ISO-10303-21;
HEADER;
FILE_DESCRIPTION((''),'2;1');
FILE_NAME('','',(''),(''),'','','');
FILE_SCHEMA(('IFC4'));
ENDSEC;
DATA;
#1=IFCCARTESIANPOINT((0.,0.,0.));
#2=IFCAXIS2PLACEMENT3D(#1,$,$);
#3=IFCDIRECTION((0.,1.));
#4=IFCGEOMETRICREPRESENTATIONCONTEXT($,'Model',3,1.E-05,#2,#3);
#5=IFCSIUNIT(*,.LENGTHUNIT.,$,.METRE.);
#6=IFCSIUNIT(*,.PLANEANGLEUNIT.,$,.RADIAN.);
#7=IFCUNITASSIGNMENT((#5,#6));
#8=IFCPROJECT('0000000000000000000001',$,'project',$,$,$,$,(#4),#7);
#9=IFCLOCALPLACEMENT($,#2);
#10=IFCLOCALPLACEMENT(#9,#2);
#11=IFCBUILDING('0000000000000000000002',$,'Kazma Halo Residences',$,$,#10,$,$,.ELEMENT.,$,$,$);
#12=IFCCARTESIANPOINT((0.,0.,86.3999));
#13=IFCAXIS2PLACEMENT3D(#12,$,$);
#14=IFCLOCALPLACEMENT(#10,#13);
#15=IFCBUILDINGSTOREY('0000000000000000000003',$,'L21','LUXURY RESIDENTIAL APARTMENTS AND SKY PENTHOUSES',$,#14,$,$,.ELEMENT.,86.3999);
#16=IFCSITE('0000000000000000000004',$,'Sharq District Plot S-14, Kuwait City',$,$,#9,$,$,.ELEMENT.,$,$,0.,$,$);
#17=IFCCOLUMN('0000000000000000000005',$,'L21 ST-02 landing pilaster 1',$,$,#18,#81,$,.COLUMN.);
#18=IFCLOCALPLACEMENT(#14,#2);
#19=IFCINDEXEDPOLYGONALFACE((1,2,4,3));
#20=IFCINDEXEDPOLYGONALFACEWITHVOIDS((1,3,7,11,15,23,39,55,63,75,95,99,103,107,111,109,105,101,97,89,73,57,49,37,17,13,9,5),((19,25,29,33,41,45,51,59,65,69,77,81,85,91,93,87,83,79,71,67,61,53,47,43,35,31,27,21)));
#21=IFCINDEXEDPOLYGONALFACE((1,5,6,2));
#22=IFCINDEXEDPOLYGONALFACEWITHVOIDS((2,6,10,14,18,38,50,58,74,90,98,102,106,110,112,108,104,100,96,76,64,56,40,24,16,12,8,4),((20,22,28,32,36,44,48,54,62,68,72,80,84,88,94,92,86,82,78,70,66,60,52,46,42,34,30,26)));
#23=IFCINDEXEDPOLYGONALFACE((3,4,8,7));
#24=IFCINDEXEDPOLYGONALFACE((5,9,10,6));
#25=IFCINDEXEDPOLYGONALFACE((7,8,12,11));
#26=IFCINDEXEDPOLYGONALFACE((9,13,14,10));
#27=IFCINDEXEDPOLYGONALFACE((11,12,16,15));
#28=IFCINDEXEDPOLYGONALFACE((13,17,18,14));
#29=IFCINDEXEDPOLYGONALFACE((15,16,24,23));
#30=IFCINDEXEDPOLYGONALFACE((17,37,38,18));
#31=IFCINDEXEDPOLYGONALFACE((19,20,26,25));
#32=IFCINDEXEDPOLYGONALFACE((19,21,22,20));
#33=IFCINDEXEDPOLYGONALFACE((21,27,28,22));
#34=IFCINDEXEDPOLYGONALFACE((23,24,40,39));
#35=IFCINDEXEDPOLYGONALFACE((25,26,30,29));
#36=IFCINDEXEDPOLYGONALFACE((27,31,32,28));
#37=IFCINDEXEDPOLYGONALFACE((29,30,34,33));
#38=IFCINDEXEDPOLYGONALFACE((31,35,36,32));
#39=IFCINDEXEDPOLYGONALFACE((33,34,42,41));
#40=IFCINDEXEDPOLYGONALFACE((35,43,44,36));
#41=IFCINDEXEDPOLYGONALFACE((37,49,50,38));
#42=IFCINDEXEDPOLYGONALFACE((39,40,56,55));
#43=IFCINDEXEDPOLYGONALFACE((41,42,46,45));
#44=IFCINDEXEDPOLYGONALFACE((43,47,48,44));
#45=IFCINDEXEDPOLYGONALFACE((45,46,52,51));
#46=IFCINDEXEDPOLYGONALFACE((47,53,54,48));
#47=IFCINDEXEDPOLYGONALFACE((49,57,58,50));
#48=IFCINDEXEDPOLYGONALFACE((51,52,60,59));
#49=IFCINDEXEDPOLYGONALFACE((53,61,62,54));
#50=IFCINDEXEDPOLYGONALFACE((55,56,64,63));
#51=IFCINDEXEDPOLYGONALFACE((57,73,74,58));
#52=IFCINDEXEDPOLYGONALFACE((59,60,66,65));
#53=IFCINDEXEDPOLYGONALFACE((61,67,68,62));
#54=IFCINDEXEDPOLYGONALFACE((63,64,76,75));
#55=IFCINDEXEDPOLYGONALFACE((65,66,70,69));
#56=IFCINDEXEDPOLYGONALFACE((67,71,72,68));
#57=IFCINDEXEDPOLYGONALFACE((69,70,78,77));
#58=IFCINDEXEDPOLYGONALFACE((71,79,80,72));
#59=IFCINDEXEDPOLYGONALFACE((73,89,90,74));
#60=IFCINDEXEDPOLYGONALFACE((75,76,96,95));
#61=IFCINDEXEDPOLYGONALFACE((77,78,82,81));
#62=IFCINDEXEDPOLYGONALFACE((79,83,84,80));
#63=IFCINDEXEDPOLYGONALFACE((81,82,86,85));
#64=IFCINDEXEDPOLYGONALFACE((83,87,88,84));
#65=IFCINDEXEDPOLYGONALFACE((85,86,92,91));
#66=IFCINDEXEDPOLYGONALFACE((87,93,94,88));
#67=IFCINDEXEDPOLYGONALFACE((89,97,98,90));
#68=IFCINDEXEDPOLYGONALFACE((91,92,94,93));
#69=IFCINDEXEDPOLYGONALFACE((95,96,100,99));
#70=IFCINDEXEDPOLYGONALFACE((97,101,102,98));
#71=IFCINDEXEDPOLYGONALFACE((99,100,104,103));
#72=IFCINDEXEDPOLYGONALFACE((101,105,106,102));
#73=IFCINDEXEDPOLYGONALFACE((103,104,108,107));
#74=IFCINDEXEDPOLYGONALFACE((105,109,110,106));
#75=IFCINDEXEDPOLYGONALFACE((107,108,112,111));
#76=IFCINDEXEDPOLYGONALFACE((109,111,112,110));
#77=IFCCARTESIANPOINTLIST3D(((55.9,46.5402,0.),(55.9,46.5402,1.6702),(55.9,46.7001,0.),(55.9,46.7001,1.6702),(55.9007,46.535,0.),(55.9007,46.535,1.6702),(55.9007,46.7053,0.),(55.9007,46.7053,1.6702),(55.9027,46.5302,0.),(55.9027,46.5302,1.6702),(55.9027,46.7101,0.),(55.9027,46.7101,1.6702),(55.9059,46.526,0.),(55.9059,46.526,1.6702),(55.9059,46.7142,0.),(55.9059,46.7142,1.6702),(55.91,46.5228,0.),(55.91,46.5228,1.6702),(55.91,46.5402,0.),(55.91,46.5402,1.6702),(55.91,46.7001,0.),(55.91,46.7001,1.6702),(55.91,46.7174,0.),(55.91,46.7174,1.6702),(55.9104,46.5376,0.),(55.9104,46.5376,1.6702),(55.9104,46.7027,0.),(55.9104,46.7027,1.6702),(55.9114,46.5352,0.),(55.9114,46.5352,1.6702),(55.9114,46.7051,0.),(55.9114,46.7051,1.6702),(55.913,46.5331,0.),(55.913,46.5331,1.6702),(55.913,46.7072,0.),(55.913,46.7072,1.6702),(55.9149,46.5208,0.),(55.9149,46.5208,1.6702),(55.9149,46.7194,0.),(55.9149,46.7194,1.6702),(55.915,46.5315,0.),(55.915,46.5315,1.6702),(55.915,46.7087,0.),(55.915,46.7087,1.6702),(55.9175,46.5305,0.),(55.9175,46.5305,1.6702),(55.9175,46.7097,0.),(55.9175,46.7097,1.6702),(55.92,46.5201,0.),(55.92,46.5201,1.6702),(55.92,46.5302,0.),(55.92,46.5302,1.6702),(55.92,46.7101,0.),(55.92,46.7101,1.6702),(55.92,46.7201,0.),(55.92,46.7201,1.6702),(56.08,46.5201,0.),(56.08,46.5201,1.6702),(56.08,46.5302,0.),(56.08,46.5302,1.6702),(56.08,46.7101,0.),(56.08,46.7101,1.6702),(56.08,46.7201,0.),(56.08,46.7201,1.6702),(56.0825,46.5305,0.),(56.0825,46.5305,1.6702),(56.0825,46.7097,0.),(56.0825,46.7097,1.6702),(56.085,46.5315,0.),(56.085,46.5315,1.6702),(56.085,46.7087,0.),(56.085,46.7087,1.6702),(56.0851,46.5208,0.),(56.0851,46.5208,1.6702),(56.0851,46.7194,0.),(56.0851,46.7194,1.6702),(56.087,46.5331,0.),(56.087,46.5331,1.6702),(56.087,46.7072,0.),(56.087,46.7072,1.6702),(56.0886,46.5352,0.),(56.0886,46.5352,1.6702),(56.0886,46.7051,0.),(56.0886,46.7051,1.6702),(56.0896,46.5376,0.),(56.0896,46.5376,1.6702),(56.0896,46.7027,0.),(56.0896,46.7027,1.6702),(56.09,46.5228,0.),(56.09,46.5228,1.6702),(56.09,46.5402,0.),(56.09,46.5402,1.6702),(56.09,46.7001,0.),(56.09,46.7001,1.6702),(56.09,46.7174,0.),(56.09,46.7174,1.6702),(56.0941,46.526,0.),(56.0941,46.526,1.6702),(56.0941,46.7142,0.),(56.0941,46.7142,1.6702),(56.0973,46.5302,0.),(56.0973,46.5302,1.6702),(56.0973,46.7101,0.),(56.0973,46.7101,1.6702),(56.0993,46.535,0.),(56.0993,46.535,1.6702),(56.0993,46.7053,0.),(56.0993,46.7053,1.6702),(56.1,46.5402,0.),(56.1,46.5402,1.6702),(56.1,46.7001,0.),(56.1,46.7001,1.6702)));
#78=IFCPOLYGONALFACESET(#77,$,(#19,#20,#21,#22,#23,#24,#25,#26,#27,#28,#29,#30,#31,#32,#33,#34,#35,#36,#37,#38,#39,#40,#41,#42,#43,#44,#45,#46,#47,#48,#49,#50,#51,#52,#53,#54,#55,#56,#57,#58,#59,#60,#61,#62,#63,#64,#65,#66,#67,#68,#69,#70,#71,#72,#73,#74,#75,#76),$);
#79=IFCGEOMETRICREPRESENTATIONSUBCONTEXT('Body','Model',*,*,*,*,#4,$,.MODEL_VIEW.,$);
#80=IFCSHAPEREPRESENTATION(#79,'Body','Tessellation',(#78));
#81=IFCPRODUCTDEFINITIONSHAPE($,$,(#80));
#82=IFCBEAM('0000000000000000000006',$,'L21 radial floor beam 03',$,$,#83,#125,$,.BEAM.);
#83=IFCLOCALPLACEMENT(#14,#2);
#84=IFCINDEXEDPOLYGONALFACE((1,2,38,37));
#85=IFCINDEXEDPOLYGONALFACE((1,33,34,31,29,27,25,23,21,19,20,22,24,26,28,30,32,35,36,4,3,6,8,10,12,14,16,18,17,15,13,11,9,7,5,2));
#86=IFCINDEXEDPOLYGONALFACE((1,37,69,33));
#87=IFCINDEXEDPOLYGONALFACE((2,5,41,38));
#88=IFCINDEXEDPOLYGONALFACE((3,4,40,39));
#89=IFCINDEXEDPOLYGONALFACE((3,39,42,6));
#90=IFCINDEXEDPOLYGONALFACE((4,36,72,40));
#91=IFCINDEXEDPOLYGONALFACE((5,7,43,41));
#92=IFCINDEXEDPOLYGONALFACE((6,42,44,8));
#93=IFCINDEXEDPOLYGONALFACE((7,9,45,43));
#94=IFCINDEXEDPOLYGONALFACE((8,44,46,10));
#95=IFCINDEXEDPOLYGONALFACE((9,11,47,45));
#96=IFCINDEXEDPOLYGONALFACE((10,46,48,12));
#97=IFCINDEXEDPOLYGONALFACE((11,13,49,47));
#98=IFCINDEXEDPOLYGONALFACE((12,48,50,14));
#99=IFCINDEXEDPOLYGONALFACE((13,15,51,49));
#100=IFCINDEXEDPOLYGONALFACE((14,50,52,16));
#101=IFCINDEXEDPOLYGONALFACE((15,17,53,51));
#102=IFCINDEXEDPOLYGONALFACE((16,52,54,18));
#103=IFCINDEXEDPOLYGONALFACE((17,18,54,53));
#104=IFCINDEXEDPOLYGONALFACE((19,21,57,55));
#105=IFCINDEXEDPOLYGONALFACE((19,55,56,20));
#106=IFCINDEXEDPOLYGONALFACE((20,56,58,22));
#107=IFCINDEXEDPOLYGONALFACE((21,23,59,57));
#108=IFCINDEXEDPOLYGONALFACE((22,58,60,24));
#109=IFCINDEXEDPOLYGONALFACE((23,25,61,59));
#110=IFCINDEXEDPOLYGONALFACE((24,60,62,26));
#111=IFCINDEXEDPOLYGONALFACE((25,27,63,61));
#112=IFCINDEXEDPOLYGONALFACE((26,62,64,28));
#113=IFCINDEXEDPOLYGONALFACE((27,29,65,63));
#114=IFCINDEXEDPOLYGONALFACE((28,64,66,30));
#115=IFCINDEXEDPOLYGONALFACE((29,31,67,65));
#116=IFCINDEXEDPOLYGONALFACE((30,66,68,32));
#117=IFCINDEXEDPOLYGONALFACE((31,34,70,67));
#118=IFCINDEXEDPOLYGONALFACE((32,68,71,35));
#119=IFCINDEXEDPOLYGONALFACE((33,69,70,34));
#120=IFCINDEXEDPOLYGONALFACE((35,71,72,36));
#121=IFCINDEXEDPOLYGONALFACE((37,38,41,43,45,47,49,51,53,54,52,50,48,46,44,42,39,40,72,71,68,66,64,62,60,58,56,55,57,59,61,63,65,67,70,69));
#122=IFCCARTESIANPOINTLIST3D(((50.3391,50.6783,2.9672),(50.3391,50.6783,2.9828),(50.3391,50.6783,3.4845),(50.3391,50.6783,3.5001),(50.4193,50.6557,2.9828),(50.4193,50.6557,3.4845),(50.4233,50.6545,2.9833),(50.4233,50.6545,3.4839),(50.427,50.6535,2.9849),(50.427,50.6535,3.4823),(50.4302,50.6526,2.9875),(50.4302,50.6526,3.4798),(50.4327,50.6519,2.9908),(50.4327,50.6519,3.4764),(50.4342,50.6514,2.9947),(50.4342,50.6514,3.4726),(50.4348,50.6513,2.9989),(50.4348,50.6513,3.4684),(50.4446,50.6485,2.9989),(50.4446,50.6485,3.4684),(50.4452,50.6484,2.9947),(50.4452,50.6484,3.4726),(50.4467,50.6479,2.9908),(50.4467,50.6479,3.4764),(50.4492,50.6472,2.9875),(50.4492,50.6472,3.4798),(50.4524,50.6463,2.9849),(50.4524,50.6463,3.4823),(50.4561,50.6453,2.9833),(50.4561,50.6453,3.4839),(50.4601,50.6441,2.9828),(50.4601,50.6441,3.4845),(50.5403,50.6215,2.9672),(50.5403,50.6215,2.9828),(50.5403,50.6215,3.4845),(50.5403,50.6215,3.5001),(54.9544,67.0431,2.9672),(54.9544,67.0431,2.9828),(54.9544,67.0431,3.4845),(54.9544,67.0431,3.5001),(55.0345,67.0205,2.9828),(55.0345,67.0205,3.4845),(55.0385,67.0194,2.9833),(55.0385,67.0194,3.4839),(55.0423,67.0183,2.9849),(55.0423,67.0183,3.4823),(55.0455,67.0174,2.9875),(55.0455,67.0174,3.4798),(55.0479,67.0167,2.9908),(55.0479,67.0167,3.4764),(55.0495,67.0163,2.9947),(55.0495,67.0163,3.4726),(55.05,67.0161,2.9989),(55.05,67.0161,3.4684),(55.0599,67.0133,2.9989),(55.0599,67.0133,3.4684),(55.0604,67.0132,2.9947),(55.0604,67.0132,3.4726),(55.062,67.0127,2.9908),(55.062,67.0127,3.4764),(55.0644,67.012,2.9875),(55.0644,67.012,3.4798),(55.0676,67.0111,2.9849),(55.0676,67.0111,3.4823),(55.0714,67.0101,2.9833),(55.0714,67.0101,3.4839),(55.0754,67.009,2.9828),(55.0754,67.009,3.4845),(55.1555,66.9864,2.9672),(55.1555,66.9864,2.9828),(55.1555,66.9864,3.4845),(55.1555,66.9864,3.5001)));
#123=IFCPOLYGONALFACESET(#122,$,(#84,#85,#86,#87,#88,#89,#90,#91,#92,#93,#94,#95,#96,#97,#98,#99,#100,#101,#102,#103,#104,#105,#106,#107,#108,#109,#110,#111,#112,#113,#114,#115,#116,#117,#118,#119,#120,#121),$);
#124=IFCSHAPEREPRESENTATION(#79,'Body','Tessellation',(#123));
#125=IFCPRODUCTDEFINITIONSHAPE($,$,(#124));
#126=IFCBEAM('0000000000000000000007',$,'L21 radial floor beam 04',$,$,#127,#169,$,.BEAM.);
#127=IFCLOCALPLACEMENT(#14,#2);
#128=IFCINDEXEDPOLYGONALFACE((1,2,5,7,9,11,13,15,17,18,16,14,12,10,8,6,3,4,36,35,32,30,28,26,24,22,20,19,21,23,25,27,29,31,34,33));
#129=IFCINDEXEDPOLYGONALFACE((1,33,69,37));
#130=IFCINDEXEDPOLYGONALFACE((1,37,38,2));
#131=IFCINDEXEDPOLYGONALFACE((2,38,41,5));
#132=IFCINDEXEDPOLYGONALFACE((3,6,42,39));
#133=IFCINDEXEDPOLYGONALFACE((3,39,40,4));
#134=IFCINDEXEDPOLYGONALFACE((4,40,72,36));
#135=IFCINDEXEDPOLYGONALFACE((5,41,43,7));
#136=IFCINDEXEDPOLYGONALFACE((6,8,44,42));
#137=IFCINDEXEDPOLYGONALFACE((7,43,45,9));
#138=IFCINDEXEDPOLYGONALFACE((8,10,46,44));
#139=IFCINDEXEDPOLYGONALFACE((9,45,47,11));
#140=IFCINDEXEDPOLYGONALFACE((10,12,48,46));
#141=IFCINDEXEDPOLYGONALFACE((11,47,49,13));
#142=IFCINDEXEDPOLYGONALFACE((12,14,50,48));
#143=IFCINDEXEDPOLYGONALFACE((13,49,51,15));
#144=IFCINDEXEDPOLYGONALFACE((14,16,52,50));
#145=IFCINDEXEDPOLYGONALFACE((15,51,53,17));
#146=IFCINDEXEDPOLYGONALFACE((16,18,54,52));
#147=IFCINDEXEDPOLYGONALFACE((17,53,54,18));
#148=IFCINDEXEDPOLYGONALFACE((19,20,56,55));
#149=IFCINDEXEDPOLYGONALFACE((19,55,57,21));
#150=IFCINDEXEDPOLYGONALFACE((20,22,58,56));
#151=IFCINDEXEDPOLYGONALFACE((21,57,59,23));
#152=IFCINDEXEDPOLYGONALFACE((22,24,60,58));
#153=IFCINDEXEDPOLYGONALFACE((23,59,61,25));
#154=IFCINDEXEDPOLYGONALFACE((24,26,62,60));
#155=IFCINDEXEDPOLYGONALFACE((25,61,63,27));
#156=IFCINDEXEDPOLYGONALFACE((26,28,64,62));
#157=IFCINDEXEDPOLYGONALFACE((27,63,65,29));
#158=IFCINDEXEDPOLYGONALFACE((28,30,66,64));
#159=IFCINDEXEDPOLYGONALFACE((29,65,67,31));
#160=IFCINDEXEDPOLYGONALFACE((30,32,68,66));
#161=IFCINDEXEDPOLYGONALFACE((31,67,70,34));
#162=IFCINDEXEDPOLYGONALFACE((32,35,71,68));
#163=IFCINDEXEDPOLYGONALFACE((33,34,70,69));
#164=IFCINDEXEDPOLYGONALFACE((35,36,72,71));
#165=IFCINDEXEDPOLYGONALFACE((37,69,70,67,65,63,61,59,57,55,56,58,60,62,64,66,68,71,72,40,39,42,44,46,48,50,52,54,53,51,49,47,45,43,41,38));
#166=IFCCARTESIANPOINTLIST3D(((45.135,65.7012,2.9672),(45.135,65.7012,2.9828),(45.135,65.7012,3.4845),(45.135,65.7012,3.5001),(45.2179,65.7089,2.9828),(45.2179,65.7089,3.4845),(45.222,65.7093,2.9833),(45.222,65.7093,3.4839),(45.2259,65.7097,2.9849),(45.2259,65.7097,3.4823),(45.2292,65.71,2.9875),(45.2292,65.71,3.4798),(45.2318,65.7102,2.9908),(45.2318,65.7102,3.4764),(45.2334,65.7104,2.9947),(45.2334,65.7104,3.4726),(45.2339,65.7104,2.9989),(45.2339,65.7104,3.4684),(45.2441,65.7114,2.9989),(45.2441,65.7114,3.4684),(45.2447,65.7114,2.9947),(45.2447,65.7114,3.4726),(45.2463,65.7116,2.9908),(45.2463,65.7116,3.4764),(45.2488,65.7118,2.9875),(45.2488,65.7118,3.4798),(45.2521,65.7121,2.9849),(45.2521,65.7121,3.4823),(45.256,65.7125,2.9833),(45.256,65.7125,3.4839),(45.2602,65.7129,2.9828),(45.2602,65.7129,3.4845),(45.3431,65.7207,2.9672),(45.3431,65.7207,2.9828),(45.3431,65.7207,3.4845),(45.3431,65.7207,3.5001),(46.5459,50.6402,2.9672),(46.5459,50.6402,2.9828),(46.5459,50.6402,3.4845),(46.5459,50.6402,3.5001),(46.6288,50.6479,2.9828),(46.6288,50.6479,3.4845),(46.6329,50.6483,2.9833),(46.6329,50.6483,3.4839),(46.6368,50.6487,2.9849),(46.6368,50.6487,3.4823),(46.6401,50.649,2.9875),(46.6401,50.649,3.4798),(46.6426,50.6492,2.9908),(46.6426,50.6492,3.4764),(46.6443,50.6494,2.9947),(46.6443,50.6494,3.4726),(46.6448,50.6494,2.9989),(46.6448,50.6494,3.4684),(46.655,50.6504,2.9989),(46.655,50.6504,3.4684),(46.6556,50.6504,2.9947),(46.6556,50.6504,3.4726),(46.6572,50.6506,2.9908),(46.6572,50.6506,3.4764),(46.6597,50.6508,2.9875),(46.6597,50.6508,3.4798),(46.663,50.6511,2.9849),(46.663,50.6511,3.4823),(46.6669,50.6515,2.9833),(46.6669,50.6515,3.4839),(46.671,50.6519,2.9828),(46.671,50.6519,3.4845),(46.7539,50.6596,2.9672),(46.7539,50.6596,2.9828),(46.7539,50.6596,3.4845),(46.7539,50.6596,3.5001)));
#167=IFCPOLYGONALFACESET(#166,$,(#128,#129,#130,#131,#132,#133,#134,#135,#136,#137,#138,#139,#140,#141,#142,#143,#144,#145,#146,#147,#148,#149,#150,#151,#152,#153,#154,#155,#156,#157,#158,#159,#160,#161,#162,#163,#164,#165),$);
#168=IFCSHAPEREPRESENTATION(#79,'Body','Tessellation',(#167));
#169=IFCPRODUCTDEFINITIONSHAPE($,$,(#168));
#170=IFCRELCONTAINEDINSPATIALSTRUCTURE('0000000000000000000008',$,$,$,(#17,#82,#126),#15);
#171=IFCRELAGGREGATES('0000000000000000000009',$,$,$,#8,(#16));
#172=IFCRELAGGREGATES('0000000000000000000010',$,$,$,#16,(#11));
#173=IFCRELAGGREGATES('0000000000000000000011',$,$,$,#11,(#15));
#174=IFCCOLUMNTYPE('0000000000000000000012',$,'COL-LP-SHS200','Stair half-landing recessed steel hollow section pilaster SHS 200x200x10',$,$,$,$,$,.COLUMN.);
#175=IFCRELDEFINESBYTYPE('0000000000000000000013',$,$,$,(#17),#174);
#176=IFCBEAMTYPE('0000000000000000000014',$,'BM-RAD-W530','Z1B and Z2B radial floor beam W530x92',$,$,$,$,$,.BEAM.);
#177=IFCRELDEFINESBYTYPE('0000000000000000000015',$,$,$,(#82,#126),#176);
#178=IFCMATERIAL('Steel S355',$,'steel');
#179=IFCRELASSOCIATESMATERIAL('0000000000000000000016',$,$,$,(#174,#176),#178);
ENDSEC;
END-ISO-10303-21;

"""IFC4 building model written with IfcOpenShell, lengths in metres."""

from ifc_helpers import new_model, si_unit, direction, frame, origin, origin_2d, place, context, subcontext, project, spatial, hollow_rectangle, i_section, extrude, material, material_profile, profile_set, type_object, element, save


model = new_model("IFC4")

# Units and contexts
model_context = context("Model", 3, precision=1e-05, world=origin(), true_north=direction((0.0, 1.0)))
body_context = subcontext(model_context, "Body", "Model", "MODEL_VIEW")
ifc_project = project(units=[si_unit("LENGTHUNIT", "METRE"), si_unit("PLANEANGLEUNIT", "RADIAN")], contexts=[model_context])

# Site, building, storey
site_placement = place(None, origin())
site = spatial("IfcSite", under=ifc_project, at=site_placement, Name="Sharq District Plot S-14, Kuwait City", CompositionType="ELEMENT", RefElevation=0.0)
building_placement = place(site_placement, origin())
building = spatial("IfcBuilding", under=site, at=building_placement, Name="Kazma Halo Residences", CompositionType="ELEMENT")
storey_placement = place(building_placement, frame((0.0, 0.0, 86.3999)))
storey = spatial("IfcBuildingStorey", under=building, at=storey_placement, Name="L21", Description="LUXURY RESIDENTIAL APARTMENTS AND SKY PENTHOUSES", CompositionType="ELEMENT", Elevation=86.3999)

# Column
ifc_material_1 = material(Name="Steel S355", Category="steel")
ifc_material_profile_1 = material_profile(ifc_material_1, hollow_rectangle(XDim=0.2, YDim=0.2, WallThickness=0.01, InnerFilletRadius=0.01, OuterFilletRadius=0.02, at=origin_2d()), Name="SHS200x200x10")
ifc_profile_set_1 = profile_set([ifc_material_profile_1], Name="Steel S355")
column_type = type_object("IfcColumnType", Name="COL-LP-SHS200", Description="Stair half-landing recessed steel hollow section pilaster SHS 200x200x10", PredefinedType="COLUMN", material=ifc_profile_set_1)
column_placement = place(storey_placement, frame((56.0, 46.6201, 0.0), z_axis=(0.0, 0.0, 1.0), x_axis=(1.0, 0.0, 0.0)))
element("IfcColumn", 1, at=column_placement, inside=storey, type_object=column_type, Name="L21 ST-02 landing pilaster 1", PredefinedType="COLUMN", context=body_context, shape_type="SweptSolid", body=[
    extrude(hollow_rectangle(XDim=0.2, YDim=0.2, WallThickness=0.01, InnerFilletRadius=0.01, OuterFilletRadius=0.02, at=origin_2d()), origin(), (0.0, 0.0, 1.0), 1.6702),
])

# Beams
ifc_material_profile_2 = material_profile(ifc_material_1, i_section(OverallWidth=0.209, OverallDepth=0.533, WebThickness=0.0103, FlangeThickness=0.0156, FilletRadius=0.0161, at=origin_2d()), Name="W530x92")
ifc_profile_set_2 = profile_set([ifc_material_profile_2], Name="Steel S355")
beam_type_1 = type_object("IfcBeamType", Name="BM-RAD-W530", Description="Z1B and Z2B radial floor beam W530x92", PredefinedType="BEAM", material=ifc_profile_set_2)
beam_1_placement = place(storey_placement, frame((50.4397, 50.6499, 3.2336), z_axis=(0.271435, 0.962457, 0.0), x_axis=(-0.962457, 0.271435, 0.0)))
element("IfcBeam", 2, at=beam_1_placement, inside=storey, type_object=beam_type_1, Name="L21 radial floor beam 03", PredefinedType="BEAM", context=body_context, shape_type="SweptSolid", body=[
    extrude(i_section(OverallWidth=0.209, OverallDepth=0.533, WebThickness=0.0103, FlangeThickness=0.0156, FilletRadius=0.0161, at=origin_2d()), origin(), (0.0, 0.0, 1.0), 17.0032),
])
beam_2_placement = place(storey_placement, frame((46.6499, 50.6499, 3.2336), z_axis=(-0.09327, 0.995641, 0.0), x_axis=(-0.995641, -0.09327, 0.0)))
element("IfcBeam", 3, at=beam_2_placement, inside=storey, type_object=beam_type_1, Name="L21 radial floor beam 04", PredefinedType="BEAM", context=body_context, shape_type="SweptSolid", body=[
    extrude(i_section(OverallWidth=0.209, OverallDepth=0.533, WebThickness=0.0103, FlangeThickness=0.0156, FilletRadius=0.0161, at=origin_2d()), origin(), (0.0, 0.0, 1.0), 15.127),
])

save(model, "model.ifc")
